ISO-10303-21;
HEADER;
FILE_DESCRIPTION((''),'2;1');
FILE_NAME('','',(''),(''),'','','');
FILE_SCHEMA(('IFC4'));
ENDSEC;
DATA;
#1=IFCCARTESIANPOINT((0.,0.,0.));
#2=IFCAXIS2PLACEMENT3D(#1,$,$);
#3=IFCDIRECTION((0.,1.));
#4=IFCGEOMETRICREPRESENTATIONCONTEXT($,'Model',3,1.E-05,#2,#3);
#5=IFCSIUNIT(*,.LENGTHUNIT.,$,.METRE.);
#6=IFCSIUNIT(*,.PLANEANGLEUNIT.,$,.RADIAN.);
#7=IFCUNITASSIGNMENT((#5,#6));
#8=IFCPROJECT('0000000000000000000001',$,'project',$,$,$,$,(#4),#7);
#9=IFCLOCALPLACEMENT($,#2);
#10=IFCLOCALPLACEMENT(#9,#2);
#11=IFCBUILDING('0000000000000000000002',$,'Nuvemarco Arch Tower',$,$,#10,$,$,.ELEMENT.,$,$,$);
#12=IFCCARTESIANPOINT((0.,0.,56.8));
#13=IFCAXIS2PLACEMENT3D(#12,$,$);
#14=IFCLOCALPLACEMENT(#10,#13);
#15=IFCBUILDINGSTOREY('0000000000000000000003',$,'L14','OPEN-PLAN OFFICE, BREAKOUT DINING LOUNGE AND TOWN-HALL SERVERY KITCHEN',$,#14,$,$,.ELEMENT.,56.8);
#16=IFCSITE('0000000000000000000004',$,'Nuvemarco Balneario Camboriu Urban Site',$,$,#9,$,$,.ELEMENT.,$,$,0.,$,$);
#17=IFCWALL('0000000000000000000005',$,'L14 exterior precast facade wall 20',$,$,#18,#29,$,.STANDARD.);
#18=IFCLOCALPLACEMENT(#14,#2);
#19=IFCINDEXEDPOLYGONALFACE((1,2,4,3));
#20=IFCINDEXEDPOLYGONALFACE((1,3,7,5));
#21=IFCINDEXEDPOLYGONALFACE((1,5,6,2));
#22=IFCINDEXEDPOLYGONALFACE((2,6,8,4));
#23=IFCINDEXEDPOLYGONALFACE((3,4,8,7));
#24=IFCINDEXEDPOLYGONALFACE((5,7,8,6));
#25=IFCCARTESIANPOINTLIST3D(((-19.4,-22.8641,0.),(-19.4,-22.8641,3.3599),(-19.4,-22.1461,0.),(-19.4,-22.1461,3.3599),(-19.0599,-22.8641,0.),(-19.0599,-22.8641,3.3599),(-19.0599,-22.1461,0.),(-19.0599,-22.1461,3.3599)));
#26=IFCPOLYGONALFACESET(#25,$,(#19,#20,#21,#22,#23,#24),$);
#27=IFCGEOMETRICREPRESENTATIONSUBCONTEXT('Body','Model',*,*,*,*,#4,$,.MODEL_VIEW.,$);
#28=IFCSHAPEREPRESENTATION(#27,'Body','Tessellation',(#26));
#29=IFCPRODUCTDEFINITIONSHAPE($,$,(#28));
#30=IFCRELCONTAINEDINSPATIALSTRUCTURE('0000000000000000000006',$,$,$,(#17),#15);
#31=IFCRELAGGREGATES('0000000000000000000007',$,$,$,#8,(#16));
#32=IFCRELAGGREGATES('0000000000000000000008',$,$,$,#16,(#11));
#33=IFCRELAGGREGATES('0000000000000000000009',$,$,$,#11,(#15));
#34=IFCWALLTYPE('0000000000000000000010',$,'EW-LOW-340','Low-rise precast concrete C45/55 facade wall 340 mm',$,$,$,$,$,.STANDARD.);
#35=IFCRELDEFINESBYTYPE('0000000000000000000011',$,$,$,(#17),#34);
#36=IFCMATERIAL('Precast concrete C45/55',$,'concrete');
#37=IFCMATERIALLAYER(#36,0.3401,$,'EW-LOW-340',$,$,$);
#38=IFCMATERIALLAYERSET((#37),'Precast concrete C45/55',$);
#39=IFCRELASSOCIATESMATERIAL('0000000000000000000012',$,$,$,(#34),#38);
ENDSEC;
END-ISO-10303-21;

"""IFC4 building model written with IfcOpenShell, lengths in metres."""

from ifc_helpers import new_model, si_unit, direction, frame, frame_2d, origin, place, context, subcontext, project, spatial, rectangle, extrude, material, layer, layer_set, type_object, element, save


model = new_model("IFC4")

# Units and contexts
model_context = context("Model", 3, precision=1e-05, world=origin(), true_north=direction((0.0, 1.0)))
body_context = subcontext(model_context, "Body", "Model", "MODEL_VIEW")
ifc_project = project(units=[si_unit("LENGTHUNIT", "METRE"), si_unit("PLANEANGLEUNIT", "RADIAN")], contexts=[model_context])

# Site, building, storey
site_placement = place(None, origin())
site = spatial("IfcSite", under=ifc_project, at=site_placement, Name="Nuvemarco Balneario Camboriu Urban Site", CompositionType="ELEMENT", RefElevation=0.0)
building_placement = place(site_placement, origin())
building = spatial("IfcBuilding", under=site, at=building_placement, Name="Nuvemarco Arch Tower", CompositionType="ELEMENT")
storey_placement = place(building_placement, frame((0.0, 0.0, 56.8)))
storey = spatial("IfcBuildingStorey", under=building, at=storey_placement, Name="L14", Description="OPEN-PLAN OFFICE, BREAKOUT DINING LOUNGE AND TOWN-HALL SERVERY KITCHEN", CompositionType="ELEMENT", Elevation=56.8)

# Shared definitions
ifc_material_1 = material(Name="Precast concrete C45/55", Category="concrete")
ifc_layer = layer(ifc_material_1, 0.3401, Name="EW-LOW-340")
ifc_layer_set = layer_set([ifc_layer], Name="Precast concrete C45/55")
wall_type = type_object("IfcWallType", Name="EW-LOW-340", Description="Low-rise precast concrete C45/55 facade wall 340 mm", PredefinedType="STANDARD", material=ifc_layer_set)

# Wall
wall_1_placement = place(storey_placement, frame((-19.23, -22.864, 0.0), z_axis=(0.0, 0.0, 1.0), x_axis=(0.0, 1.0, 0.0)))
element("IfcWall", 1, at=wall_1_placement, inside=storey, type_object=wall_type, Name="L14 exterior precast facade wall 20", PredefinedType="STANDARD", context=body_context, shape_type="SweptSolid", body=[
    extrude(rectangle(XDim=0.718, YDim=0.3401, at=frame_2d((0.3589, 0.0))), origin(), (0.0, 0.0, 1.0), 3.3599),
])

save(model, "model.ifc")
